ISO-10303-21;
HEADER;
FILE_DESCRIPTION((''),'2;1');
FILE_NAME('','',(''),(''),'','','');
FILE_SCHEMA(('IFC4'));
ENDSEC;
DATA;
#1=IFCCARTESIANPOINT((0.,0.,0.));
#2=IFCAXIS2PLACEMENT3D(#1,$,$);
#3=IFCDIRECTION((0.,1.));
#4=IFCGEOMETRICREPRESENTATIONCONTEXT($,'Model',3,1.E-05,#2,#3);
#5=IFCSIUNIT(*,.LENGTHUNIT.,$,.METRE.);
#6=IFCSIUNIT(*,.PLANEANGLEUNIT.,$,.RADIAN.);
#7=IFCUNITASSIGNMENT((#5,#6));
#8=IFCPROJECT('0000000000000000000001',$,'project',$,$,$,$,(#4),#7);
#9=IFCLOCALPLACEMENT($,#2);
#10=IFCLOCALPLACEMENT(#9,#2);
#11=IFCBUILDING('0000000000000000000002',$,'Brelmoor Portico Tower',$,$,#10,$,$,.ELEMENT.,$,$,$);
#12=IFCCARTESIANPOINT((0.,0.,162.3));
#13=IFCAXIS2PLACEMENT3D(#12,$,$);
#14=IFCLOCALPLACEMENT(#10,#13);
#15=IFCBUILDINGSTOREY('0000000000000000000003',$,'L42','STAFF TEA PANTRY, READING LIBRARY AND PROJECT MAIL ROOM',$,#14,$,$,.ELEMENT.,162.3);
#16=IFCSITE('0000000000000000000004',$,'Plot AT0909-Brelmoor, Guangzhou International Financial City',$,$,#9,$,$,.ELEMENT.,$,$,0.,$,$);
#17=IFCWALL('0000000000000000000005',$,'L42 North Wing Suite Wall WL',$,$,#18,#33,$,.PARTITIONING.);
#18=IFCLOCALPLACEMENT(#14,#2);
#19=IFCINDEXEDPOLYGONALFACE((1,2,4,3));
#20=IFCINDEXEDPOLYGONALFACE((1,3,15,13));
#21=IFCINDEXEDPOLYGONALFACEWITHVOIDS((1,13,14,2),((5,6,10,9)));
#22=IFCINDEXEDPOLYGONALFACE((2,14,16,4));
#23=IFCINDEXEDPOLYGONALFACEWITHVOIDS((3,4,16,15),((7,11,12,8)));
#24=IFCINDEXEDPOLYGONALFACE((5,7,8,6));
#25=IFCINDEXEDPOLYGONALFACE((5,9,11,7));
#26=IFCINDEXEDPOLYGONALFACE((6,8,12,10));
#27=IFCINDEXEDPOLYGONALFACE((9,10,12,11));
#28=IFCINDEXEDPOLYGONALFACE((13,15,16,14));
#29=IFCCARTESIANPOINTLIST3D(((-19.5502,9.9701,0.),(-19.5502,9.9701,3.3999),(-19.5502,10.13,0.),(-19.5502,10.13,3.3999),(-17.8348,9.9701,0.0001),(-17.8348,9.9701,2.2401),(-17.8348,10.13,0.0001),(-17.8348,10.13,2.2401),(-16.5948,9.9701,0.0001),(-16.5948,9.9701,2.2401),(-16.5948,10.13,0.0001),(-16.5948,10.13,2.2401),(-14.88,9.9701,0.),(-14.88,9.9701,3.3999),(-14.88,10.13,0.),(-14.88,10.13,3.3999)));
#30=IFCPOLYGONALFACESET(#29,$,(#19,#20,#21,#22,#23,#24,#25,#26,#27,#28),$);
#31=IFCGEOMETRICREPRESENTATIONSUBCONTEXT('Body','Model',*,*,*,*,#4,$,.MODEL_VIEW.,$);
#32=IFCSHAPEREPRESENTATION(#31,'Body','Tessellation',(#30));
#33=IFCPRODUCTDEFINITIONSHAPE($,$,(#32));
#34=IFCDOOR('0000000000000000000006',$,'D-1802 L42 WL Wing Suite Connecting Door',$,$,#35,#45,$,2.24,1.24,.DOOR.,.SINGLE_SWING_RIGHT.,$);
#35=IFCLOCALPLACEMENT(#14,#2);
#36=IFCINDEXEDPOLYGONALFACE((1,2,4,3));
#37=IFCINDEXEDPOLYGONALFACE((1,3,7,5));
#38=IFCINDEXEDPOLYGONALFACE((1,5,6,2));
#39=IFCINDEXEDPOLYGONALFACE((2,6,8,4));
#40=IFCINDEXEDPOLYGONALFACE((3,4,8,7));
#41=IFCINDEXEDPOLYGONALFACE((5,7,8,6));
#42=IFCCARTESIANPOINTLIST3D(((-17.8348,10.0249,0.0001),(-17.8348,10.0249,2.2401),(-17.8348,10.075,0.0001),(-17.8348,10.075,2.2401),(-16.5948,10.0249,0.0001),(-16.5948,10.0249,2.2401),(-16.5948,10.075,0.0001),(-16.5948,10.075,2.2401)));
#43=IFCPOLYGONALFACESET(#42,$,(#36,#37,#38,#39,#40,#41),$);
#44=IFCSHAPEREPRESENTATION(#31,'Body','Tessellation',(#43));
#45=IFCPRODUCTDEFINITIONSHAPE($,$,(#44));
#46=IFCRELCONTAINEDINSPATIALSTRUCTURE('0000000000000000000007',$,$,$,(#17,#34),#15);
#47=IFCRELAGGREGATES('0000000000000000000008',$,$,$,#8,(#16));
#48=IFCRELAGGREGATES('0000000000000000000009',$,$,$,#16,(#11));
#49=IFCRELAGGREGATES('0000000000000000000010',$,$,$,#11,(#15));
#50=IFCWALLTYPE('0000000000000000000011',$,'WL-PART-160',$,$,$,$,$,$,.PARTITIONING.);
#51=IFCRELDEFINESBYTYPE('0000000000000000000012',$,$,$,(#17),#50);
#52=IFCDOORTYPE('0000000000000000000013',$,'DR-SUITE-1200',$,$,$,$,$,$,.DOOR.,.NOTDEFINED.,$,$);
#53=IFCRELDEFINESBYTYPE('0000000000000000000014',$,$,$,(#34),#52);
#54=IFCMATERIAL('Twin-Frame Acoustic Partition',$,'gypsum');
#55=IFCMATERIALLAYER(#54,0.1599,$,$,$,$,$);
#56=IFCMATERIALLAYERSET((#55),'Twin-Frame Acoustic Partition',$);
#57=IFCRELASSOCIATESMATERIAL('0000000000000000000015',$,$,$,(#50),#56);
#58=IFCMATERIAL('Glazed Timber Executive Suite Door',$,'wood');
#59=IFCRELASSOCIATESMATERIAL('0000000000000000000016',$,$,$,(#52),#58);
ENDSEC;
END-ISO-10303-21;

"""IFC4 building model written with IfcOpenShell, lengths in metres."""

from ifc_helpers import new_model, si_unit, direction, frame, frame_2d, origin, place, context, subcontext, project, spatial, rectangle, extrude, material, layer, layer_set, type_object, element, fill, save


model = new_model("IFC4")

# Units and contexts
model_context = context("Model", 3, precision=1e-05, world=origin(), true_north=direction((0.0, 1.0)))
body_context = subcontext(model_context, "Body", "Model", "MODEL_VIEW")
ifc_project = project(units=[si_unit("LENGTHUNIT", "METRE"), si_unit("PLANEANGLEUNIT", "RADIAN")], contexts=[model_context])

# Site, building, storey
site_placement = place(None, origin())
site = spatial("IfcSite", under=ifc_project, at=site_placement, Name="Plot AT0909-Brelmoor, Guangzhou International Financial City", CompositionType="ELEMENT", RefElevation=0.0)
building_placement = place(site_placement, origin())
building = spatial("IfcBuilding", under=site, at=building_placement, Name="Brelmoor Portico Tower", CompositionType="ELEMENT")
storey_placement = place(building_placement, frame((0.0, 0.0, 162.3)))
storey = spatial("IfcBuildingStorey", under=building, at=storey_placement, Name="L42", Description="STAFF TEA PANTRY, READING LIBRARY AND PROJECT MAIL ROOM", CompositionType="ELEMENT", Elevation=162.3)

# Wall, opening, door
ifc_material_1 = material(Name="Twin-Frame Acoustic Partition", Category="gypsum")
ifc_layer_1 = layer(ifc_material_1, 0.1599)
ifc_layer_set_1 = layer_set([ifc_layer_1], Name="Twin-Frame Acoustic Partition")
wall_type_1 = type_object("IfcWallType", Name="WL-PART-160", PredefinedType="PARTITIONING", material=ifc_layer_set_1)
wall_1_placement = place(storey_placement, frame((-19.55, 10.05, 0.0), z_axis=(0.0, 0.0, 1.0), x_axis=(1.0, 0.0, 0.0)))
wall_1 = element("IfcWall", 1, at=wall_1_placement, inside=storey, type_object=wall_type_1, Name="L42 North Wing Suite Wall WL", PredefinedType="PARTITIONING", context=body_context, shape_type="SweptSolid", body=[
    extrude(rectangle(XDim=4.6702, YDim=0.1599, at=frame_2d((2.335, 0.0))), origin(), (0.0, 0.0, 1.0), 3.3999),
])
opening_placement = place(wall_1_placement, frame((1.7151, 0.0, 0.0)))
opening = element("IfcOpeningElement", 2, at=opening_placement, cuts=wall_1, PredefinedType="OPENING", context=body_context, shape_type="SweptSolid", body=[
    extrude(rectangle(XDim=1.24, YDim=2.24, at=frame_2d((0.6201, 1.1201))), frame((0.0, 0.0898, 0.0), z_axis=(0.0, -1.0, 0.0), x_axis=(1.0, 0.0, 0.0)), (0.0, 0.0, 1.0), 0.1799),
])
ifc_material_2 = material(Name="Glazed Timber Executive Suite Door", Category="wood")
door_type = type_object("IfcDoorType", Name="DR-SUITE-1200", OperationType="NOTDEFINED", PredefinedType="DOOR", material=ifc_material_2)
door_placement = place(opening_placement, origin())
door = element("IfcDoor", 3, at=door_placement, inside=storey, type_object=door_type, Name="D-1802 L42 WL Wing Suite Connecting Door", OperationType="SINGLE_SWING_RIGHT", OverallHeight=2.24, OverallWidth=1.24, PredefinedType="DOOR", context=body_context, shape_type="SweptSolid", body=[
    extrude(rectangle(XDim=1.24, YDim=2.24, at=frame_2d((0.6201, 1.1201))), frame((0.0, 0.0249, 0.0), z_axis=(0.0, -1.0, 0.0), x_axis=(1.0, 0.0, 0.0)), (0.0, 0.0, 1.0), 0.05),
])
fill(opening, door)

save(model, "model.ifc")
